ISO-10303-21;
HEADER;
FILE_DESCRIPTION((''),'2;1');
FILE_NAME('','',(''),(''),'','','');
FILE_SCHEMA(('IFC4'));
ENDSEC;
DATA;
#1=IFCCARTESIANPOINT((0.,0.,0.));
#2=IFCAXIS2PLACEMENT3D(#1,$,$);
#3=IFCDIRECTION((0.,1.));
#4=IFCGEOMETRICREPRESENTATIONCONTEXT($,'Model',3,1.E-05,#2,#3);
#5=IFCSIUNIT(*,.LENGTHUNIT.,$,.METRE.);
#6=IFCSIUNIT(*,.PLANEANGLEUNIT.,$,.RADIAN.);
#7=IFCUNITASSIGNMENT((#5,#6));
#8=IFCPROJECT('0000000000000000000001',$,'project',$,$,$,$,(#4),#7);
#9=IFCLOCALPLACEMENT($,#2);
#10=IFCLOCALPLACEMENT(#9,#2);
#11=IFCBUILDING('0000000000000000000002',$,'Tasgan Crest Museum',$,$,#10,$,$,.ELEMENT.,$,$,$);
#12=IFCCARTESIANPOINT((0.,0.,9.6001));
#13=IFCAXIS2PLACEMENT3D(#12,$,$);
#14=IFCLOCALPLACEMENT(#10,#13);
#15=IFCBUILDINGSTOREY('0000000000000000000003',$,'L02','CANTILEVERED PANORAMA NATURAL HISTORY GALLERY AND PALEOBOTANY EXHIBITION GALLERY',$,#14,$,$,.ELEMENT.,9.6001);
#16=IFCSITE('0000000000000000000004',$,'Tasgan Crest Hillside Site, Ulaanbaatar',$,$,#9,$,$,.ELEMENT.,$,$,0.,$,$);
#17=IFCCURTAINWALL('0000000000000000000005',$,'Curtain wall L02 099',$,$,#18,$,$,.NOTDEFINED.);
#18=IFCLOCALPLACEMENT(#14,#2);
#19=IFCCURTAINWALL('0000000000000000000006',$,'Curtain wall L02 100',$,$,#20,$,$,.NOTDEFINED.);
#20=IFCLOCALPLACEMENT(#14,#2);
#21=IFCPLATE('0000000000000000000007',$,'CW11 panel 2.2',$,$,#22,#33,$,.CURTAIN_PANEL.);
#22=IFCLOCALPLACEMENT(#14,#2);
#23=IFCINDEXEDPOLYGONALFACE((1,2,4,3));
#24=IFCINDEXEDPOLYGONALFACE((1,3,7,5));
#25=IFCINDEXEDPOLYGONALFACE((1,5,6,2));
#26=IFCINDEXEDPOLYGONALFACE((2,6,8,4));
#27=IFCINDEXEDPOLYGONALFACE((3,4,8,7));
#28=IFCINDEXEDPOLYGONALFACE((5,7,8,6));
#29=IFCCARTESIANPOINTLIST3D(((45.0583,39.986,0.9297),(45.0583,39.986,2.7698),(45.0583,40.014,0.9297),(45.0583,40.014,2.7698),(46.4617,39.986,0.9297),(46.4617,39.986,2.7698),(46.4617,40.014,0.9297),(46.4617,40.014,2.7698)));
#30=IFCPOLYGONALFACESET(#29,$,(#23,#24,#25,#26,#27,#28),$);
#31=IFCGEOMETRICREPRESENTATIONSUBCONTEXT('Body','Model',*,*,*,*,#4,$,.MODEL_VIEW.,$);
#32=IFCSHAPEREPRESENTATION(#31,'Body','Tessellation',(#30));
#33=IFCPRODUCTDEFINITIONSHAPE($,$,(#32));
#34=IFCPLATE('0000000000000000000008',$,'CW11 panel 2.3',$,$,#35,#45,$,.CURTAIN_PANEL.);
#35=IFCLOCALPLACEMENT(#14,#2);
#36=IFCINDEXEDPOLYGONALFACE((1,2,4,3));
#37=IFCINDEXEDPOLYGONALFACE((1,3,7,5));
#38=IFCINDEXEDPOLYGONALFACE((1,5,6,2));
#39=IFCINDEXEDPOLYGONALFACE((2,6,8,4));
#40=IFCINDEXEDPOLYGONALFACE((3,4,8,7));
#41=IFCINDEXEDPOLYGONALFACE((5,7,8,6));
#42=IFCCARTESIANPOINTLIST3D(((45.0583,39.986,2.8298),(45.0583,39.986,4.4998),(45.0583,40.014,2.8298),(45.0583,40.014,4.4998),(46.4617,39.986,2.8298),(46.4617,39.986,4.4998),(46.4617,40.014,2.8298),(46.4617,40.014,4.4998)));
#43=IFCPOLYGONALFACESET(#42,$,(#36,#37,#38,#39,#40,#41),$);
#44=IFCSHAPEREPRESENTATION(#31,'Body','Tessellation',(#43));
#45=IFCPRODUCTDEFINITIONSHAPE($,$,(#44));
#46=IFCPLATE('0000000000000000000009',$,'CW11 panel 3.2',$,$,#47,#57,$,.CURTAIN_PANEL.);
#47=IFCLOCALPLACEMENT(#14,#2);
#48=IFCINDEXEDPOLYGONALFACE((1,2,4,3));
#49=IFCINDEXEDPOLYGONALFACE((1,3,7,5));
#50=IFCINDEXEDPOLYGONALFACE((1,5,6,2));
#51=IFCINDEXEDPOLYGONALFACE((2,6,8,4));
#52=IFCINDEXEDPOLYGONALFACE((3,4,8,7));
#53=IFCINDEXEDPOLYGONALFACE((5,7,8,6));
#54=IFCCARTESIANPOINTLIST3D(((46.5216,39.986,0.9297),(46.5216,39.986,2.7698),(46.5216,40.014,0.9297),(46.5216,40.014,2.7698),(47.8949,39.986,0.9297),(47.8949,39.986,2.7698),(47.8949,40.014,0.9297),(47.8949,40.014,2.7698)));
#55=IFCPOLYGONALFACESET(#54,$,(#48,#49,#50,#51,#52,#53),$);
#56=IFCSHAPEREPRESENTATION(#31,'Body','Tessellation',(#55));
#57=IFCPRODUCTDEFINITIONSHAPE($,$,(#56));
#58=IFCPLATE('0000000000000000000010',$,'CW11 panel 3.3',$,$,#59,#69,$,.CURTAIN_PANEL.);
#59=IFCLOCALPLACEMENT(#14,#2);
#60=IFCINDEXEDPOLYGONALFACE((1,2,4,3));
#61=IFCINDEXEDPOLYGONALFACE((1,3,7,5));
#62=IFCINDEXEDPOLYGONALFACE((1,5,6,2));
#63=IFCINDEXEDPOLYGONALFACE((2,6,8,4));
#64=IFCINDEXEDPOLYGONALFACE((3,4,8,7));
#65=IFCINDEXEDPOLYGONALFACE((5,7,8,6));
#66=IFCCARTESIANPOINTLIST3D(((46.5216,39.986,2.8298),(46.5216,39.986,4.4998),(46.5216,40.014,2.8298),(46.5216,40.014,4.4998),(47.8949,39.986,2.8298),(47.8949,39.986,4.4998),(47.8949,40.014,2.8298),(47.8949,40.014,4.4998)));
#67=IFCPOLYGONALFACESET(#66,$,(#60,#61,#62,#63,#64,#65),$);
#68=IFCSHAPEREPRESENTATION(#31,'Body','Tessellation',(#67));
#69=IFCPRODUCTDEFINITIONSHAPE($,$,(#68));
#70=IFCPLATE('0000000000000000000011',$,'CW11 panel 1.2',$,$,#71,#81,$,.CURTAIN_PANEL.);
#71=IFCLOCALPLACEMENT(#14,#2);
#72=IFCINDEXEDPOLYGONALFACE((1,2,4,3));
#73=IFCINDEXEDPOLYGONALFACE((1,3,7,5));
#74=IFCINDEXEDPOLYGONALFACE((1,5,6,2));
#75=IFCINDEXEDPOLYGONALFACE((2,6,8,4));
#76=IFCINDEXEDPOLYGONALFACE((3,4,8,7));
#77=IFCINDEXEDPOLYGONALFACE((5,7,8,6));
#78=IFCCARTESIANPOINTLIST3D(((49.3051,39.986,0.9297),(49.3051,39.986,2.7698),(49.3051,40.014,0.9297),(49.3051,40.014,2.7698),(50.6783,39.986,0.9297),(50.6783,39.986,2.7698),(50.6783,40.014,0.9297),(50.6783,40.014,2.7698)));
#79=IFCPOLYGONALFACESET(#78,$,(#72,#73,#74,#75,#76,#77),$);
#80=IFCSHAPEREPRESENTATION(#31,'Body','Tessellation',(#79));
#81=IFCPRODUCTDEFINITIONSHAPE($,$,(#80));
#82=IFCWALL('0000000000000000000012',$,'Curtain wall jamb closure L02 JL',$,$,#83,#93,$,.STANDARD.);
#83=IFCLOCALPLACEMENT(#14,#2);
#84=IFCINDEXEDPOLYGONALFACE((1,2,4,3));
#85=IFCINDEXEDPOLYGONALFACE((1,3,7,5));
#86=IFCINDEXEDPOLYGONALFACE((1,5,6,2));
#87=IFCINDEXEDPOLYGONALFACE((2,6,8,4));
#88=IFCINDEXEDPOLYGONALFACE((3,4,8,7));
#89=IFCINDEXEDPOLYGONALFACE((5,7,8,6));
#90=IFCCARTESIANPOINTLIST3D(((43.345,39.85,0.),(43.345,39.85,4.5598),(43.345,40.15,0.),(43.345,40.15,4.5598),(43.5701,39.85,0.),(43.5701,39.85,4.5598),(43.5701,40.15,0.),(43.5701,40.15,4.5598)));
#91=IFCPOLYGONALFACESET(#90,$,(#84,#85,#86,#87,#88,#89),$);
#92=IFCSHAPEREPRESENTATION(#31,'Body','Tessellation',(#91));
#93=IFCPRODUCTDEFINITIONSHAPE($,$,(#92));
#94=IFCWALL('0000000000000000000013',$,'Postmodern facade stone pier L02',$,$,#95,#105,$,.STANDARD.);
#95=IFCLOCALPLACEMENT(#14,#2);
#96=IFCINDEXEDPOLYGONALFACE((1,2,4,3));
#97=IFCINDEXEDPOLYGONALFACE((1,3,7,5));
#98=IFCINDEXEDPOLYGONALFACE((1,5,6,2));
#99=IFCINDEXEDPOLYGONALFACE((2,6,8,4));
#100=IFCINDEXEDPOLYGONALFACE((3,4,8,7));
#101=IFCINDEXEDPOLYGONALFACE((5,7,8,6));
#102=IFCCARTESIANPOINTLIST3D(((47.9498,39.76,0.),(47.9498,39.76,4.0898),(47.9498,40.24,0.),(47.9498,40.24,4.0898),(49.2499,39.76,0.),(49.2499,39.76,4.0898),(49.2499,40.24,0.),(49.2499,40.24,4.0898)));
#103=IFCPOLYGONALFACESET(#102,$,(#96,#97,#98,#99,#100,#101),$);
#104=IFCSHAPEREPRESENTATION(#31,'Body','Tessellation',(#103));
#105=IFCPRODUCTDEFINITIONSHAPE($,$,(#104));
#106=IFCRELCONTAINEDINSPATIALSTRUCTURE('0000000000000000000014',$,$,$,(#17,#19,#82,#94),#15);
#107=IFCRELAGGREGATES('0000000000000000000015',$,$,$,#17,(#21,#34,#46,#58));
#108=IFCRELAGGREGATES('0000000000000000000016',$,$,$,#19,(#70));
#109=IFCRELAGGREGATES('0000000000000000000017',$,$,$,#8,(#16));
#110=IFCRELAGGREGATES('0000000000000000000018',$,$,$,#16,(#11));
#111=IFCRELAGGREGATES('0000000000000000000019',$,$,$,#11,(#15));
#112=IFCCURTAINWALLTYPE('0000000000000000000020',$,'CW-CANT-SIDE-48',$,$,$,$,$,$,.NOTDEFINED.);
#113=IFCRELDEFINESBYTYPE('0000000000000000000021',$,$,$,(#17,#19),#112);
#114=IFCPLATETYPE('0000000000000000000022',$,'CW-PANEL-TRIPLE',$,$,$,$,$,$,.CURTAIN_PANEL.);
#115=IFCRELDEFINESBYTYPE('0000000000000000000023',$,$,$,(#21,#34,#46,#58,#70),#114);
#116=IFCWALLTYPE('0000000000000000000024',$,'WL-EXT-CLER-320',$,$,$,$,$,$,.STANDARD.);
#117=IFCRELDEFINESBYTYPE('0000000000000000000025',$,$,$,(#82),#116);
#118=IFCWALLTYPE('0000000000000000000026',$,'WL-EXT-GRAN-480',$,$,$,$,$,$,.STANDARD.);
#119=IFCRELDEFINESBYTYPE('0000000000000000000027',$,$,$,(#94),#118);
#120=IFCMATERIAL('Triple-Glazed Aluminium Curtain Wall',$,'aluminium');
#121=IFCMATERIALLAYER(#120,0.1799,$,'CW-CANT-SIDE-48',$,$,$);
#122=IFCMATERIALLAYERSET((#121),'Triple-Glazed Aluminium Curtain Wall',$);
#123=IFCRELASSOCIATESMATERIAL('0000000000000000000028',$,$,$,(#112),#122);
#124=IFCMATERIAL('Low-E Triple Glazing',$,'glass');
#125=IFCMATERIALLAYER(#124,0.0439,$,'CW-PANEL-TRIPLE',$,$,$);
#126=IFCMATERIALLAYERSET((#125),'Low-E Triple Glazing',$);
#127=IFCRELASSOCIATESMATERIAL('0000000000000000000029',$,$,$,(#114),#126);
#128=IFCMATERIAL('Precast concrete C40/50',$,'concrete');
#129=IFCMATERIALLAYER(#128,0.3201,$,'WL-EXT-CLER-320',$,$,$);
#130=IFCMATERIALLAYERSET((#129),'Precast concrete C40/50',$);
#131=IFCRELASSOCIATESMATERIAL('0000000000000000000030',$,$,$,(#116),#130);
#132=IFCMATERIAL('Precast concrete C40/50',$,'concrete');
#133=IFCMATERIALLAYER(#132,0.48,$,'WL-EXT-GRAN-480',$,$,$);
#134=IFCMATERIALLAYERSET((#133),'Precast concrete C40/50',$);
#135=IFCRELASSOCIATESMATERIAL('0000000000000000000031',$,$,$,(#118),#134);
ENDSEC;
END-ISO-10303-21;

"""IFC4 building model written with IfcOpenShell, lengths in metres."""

from ifc_helpers import new_model, si_unit, direction, frame, frame_2d, origin, origin_2d, place, context, subcontext, project, spatial, rectangle, extrude, material, layer, layer_set, type_object, element, aggregate, save


model = new_model("IFC4")

# Units and contexts
model_context = context("Model", 3, precision=1e-05, world=origin(), true_north=direction((0.0, 1.0)))
body_context = subcontext(model_context, "Body", "Model", "MODEL_VIEW")
ifc_project = project(units=[si_unit("LENGTHUNIT", "METRE"), si_unit("PLANEANGLEUNIT", "RADIAN")], contexts=[model_context])

# Site, building, storey
site_placement = place(None, origin())
site = spatial("IfcSite", under=ifc_project, at=site_placement, Name="Tasgan Crest Hillside Site, Ulaanbaatar", CompositionType="ELEMENT", RefElevation=0.0)
building_placement = place(site_placement, origin())
building = spatial("IfcBuilding", under=site, at=building_placement, Name="Tasgan Crest Museum", CompositionType="ELEMENT")
storey_placement = place(building_placement, frame((0.0, 0.0, 9.6001)))
storey = spatial("IfcBuildingStorey", under=building, at=storey_placement, Name="L02", Description="CANTILEVERED PANORAMA NATURAL HISTORY GALLERY AND PALEOBOTANY EXHIBITION GALLERY", CompositionType="ELEMENT", Elevation=9.6001)

# Curtain wall
ifc_material_1 = material(Name="Triple-Glazed Aluminium Curtain Wall", Category="aluminium")
ifc_layer_1 = layer(ifc_material_1, 0.1799, Name="CW-CANT-SIDE-48")
ifc_layer_set_1 = layer_set([ifc_layer_1], Name="Triple-Glazed Aluminium Curtain Wall")
curtain_wall_type = type_object("IfcCurtainWallType", Name="CW-CANT-SIDE-48", PredefinedType="NOTDEFINED", material=ifc_layer_set_1)
curtain_wall_1_placement = place(storey_placement, origin())
curtain_wall_1 = element("IfcCurtainWall", 1, at=curtain_wall_1_placement, inside=storey, type_object=curtain_wall_type, Name="Curtain wall L02 099", PredefinedType="NOTDEFINED")

# Curtain wall
curtain_wall_2_placement = place(storey_placement, origin())
curtain_wall_2 = element("IfcCurtainWall", 2, at=curtain_wall_2_placement, inside=storey, type_object=curtain_wall_type, Name="Curtain wall L02 100", PredefinedType="NOTDEFINED")

# Plates
ifc_material_2 = material(Name="Low-E Triple Glazing", Category="glass")
ifc_layer_2 = layer(ifc_material_2, 0.0439, Name="CW-PANEL-TRIPLE")
ifc_layer_set_2 = layer_set([ifc_layer_2], Name="Low-E Triple Glazing")
plate_type_1 = type_object("IfcPlateType", Name="CW-PANEL-TRIPLE", PredefinedType="CURTAIN_PANEL", material=ifc_layer_set_2)
plate_1_placement = place(storey_placement, frame((45.76, 40.0, 0.9297), z_axis=(0.0, 0.0, 1.0), x_axis=(1.0, 0.0, 0.0)))
plate_1 = element("IfcPlate", 3, at=plate_1_placement, type_object=plate_type_1, Name="CW11 panel 2.2", PredefinedType="CURTAIN_PANEL", context=body_context, shape_type="SweptSolid", body=[
    extrude(rectangle(XDim=1.4033, YDim=0.0281, at=origin_2d()), origin(), (0.0, 0.0, 1.0), 1.8401),
])
plate_2_placement = place(storey_placement, frame((45.76, 40.0, 2.8298), z_axis=(0.0, 0.0, 1.0), x_axis=(1.0, 0.0, 0.0)))
plate_2 = element("IfcPlate", 4, at=plate_2_placement, type_object=plate_type_1, Name="CW11 panel 2.3", PredefinedType="CURTAIN_PANEL", context=body_context, shape_type="SweptSolid", body=[
    extrude(rectangle(XDim=1.4033, YDim=0.0281, at=origin_2d()), origin(), (0.0, 0.0, 1.0), 1.6699),
])
plate_3_placement = place(storey_placement, frame((47.2083, 40.0, 0.9297), z_axis=(0.0, 0.0, 1.0), x_axis=(1.0, 0.0, 0.0)))
plate_3 = element("IfcPlate", 5, at=plate_3_placement, type_object=plate_type_1, Name="CW11 panel 3.2", PredefinedType="CURTAIN_PANEL", context=body_context, shape_type="SweptSolid", body=[
    extrude(rectangle(XDim=1.3733, YDim=0.0281, at=origin_2d()), origin(), (0.0, 0.0, 1.0), 1.8401),
])
plate_4_placement = place(storey_placement, frame((47.2083, 40.0, 2.8298), z_axis=(0.0, 0.0, 1.0), x_axis=(1.0, 0.0, 0.0)))
plate_4 = element("IfcPlate", 6, at=plate_4_placement, type_object=plate_type_1, Name="CW11 panel 3.3", PredefinedType="CURTAIN_PANEL", context=body_context, shape_type="SweptSolid", body=[
    extrude(rectangle(XDim=1.3733, YDim=0.0281, at=origin_2d()), origin(), (0.0, 0.0, 1.0), 1.6699),
])
aggregate(curtain_wall_1, [plate_1, plate_2, plate_3, plate_4])
plate_5_placement = place(storey_placement, frame((49.9917, 40.0, 0.9297), z_axis=(0.0, 0.0, 1.0), x_axis=(1.0, 0.0, 0.0)))
plate_5 = element("IfcPlate", 7, at=plate_5_placement, type_object=plate_type_1, Name="CW11 panel 1.2", PredefinedType="CURTAIN_PANEL", context=body_context, shape_type="SweptSolid", body=[
    extrude(rectangle(XDim=1.3733, YDim=0.0281, at=origin_2d()), origin(), (0.0, 0.0, 1.0), 1.8401),
])
aggregate(curtain_wall_2, [plate_5])

# Wall
ifc_material_3 = material(Name="Precast concrete C40/50", Category="concrete")
ifc_layer_3 = layer(ifc_material_3, 0.3201, Name="WL-EXT-CLER-320")
ifc_layer_set_3 = layer_set([ifc_layer_3], Name="Precast concrete C40/50")
wall_type_1 = type_object("IfcWallType", Name="WL-EXT-CLER-320", PredefinedType="STANDARD", material=ifc_layer_set_3)
wall_1_placement = place(storey_placement, frame((43.345, 40.0, 0.0), z_axis=(0.0, 0.0, 1.0), x_axis=(1.0, 0.0, 0.0)))
element("IfcWall", 8, at=wall_1_placement, inside=storey, type_object=wall_type_1, Name="Curtain wall jamb closure L02 JL", PredefinedType="STANDARD", context=body_context, shape_type="SweptSolid", body=[
    extrude(rectangle(XDim=0.2251, YDim=0.3, at=frame_2d((0.1125, 0.0))), origin(), (0.0, 0.0, 1.0), 4.5598),
])

# Shared definitions
ifc_material_4 = material(Name="Precast concrete C40/50", Category="concrete")
ifc_layer_4 = layer(ifc_material_4, 0.48, Name="WL-EXT-GRAN-480")
ifc_layer_set_4 = layer_set([ifc_layer_4], Name="Precast concrete C40/50")
wall_type_2 = type_object("IfcWallType", Name="WL-EXT-GRAN-480", PredefinedType="STANDARD", material=ifc_layer_set_4)

# Wall
wall_2_placement = place(storey_placement, frame((47.95, 40.0, 0.0), z_axis=(0.0, 0.0, 1.0), x_axis=(1.0, 0.0, 0.0)))
element("IfcWall", 9, at=wall_2_placement, inside=storey, type_object=wall_type_2, Name="Postmodern facade stone pier L02", PredefinedType="STANDARD", context=body_context, shape_type="SweptSolid", body=[
    extrude(rectangle(XDim=1.3, YDim=0.48, at=frame_2d((0.6499, 0.0))), origin(), (0.0, 0.0, 1.0), 4.0898),
])

save(model, "model.ifc")
